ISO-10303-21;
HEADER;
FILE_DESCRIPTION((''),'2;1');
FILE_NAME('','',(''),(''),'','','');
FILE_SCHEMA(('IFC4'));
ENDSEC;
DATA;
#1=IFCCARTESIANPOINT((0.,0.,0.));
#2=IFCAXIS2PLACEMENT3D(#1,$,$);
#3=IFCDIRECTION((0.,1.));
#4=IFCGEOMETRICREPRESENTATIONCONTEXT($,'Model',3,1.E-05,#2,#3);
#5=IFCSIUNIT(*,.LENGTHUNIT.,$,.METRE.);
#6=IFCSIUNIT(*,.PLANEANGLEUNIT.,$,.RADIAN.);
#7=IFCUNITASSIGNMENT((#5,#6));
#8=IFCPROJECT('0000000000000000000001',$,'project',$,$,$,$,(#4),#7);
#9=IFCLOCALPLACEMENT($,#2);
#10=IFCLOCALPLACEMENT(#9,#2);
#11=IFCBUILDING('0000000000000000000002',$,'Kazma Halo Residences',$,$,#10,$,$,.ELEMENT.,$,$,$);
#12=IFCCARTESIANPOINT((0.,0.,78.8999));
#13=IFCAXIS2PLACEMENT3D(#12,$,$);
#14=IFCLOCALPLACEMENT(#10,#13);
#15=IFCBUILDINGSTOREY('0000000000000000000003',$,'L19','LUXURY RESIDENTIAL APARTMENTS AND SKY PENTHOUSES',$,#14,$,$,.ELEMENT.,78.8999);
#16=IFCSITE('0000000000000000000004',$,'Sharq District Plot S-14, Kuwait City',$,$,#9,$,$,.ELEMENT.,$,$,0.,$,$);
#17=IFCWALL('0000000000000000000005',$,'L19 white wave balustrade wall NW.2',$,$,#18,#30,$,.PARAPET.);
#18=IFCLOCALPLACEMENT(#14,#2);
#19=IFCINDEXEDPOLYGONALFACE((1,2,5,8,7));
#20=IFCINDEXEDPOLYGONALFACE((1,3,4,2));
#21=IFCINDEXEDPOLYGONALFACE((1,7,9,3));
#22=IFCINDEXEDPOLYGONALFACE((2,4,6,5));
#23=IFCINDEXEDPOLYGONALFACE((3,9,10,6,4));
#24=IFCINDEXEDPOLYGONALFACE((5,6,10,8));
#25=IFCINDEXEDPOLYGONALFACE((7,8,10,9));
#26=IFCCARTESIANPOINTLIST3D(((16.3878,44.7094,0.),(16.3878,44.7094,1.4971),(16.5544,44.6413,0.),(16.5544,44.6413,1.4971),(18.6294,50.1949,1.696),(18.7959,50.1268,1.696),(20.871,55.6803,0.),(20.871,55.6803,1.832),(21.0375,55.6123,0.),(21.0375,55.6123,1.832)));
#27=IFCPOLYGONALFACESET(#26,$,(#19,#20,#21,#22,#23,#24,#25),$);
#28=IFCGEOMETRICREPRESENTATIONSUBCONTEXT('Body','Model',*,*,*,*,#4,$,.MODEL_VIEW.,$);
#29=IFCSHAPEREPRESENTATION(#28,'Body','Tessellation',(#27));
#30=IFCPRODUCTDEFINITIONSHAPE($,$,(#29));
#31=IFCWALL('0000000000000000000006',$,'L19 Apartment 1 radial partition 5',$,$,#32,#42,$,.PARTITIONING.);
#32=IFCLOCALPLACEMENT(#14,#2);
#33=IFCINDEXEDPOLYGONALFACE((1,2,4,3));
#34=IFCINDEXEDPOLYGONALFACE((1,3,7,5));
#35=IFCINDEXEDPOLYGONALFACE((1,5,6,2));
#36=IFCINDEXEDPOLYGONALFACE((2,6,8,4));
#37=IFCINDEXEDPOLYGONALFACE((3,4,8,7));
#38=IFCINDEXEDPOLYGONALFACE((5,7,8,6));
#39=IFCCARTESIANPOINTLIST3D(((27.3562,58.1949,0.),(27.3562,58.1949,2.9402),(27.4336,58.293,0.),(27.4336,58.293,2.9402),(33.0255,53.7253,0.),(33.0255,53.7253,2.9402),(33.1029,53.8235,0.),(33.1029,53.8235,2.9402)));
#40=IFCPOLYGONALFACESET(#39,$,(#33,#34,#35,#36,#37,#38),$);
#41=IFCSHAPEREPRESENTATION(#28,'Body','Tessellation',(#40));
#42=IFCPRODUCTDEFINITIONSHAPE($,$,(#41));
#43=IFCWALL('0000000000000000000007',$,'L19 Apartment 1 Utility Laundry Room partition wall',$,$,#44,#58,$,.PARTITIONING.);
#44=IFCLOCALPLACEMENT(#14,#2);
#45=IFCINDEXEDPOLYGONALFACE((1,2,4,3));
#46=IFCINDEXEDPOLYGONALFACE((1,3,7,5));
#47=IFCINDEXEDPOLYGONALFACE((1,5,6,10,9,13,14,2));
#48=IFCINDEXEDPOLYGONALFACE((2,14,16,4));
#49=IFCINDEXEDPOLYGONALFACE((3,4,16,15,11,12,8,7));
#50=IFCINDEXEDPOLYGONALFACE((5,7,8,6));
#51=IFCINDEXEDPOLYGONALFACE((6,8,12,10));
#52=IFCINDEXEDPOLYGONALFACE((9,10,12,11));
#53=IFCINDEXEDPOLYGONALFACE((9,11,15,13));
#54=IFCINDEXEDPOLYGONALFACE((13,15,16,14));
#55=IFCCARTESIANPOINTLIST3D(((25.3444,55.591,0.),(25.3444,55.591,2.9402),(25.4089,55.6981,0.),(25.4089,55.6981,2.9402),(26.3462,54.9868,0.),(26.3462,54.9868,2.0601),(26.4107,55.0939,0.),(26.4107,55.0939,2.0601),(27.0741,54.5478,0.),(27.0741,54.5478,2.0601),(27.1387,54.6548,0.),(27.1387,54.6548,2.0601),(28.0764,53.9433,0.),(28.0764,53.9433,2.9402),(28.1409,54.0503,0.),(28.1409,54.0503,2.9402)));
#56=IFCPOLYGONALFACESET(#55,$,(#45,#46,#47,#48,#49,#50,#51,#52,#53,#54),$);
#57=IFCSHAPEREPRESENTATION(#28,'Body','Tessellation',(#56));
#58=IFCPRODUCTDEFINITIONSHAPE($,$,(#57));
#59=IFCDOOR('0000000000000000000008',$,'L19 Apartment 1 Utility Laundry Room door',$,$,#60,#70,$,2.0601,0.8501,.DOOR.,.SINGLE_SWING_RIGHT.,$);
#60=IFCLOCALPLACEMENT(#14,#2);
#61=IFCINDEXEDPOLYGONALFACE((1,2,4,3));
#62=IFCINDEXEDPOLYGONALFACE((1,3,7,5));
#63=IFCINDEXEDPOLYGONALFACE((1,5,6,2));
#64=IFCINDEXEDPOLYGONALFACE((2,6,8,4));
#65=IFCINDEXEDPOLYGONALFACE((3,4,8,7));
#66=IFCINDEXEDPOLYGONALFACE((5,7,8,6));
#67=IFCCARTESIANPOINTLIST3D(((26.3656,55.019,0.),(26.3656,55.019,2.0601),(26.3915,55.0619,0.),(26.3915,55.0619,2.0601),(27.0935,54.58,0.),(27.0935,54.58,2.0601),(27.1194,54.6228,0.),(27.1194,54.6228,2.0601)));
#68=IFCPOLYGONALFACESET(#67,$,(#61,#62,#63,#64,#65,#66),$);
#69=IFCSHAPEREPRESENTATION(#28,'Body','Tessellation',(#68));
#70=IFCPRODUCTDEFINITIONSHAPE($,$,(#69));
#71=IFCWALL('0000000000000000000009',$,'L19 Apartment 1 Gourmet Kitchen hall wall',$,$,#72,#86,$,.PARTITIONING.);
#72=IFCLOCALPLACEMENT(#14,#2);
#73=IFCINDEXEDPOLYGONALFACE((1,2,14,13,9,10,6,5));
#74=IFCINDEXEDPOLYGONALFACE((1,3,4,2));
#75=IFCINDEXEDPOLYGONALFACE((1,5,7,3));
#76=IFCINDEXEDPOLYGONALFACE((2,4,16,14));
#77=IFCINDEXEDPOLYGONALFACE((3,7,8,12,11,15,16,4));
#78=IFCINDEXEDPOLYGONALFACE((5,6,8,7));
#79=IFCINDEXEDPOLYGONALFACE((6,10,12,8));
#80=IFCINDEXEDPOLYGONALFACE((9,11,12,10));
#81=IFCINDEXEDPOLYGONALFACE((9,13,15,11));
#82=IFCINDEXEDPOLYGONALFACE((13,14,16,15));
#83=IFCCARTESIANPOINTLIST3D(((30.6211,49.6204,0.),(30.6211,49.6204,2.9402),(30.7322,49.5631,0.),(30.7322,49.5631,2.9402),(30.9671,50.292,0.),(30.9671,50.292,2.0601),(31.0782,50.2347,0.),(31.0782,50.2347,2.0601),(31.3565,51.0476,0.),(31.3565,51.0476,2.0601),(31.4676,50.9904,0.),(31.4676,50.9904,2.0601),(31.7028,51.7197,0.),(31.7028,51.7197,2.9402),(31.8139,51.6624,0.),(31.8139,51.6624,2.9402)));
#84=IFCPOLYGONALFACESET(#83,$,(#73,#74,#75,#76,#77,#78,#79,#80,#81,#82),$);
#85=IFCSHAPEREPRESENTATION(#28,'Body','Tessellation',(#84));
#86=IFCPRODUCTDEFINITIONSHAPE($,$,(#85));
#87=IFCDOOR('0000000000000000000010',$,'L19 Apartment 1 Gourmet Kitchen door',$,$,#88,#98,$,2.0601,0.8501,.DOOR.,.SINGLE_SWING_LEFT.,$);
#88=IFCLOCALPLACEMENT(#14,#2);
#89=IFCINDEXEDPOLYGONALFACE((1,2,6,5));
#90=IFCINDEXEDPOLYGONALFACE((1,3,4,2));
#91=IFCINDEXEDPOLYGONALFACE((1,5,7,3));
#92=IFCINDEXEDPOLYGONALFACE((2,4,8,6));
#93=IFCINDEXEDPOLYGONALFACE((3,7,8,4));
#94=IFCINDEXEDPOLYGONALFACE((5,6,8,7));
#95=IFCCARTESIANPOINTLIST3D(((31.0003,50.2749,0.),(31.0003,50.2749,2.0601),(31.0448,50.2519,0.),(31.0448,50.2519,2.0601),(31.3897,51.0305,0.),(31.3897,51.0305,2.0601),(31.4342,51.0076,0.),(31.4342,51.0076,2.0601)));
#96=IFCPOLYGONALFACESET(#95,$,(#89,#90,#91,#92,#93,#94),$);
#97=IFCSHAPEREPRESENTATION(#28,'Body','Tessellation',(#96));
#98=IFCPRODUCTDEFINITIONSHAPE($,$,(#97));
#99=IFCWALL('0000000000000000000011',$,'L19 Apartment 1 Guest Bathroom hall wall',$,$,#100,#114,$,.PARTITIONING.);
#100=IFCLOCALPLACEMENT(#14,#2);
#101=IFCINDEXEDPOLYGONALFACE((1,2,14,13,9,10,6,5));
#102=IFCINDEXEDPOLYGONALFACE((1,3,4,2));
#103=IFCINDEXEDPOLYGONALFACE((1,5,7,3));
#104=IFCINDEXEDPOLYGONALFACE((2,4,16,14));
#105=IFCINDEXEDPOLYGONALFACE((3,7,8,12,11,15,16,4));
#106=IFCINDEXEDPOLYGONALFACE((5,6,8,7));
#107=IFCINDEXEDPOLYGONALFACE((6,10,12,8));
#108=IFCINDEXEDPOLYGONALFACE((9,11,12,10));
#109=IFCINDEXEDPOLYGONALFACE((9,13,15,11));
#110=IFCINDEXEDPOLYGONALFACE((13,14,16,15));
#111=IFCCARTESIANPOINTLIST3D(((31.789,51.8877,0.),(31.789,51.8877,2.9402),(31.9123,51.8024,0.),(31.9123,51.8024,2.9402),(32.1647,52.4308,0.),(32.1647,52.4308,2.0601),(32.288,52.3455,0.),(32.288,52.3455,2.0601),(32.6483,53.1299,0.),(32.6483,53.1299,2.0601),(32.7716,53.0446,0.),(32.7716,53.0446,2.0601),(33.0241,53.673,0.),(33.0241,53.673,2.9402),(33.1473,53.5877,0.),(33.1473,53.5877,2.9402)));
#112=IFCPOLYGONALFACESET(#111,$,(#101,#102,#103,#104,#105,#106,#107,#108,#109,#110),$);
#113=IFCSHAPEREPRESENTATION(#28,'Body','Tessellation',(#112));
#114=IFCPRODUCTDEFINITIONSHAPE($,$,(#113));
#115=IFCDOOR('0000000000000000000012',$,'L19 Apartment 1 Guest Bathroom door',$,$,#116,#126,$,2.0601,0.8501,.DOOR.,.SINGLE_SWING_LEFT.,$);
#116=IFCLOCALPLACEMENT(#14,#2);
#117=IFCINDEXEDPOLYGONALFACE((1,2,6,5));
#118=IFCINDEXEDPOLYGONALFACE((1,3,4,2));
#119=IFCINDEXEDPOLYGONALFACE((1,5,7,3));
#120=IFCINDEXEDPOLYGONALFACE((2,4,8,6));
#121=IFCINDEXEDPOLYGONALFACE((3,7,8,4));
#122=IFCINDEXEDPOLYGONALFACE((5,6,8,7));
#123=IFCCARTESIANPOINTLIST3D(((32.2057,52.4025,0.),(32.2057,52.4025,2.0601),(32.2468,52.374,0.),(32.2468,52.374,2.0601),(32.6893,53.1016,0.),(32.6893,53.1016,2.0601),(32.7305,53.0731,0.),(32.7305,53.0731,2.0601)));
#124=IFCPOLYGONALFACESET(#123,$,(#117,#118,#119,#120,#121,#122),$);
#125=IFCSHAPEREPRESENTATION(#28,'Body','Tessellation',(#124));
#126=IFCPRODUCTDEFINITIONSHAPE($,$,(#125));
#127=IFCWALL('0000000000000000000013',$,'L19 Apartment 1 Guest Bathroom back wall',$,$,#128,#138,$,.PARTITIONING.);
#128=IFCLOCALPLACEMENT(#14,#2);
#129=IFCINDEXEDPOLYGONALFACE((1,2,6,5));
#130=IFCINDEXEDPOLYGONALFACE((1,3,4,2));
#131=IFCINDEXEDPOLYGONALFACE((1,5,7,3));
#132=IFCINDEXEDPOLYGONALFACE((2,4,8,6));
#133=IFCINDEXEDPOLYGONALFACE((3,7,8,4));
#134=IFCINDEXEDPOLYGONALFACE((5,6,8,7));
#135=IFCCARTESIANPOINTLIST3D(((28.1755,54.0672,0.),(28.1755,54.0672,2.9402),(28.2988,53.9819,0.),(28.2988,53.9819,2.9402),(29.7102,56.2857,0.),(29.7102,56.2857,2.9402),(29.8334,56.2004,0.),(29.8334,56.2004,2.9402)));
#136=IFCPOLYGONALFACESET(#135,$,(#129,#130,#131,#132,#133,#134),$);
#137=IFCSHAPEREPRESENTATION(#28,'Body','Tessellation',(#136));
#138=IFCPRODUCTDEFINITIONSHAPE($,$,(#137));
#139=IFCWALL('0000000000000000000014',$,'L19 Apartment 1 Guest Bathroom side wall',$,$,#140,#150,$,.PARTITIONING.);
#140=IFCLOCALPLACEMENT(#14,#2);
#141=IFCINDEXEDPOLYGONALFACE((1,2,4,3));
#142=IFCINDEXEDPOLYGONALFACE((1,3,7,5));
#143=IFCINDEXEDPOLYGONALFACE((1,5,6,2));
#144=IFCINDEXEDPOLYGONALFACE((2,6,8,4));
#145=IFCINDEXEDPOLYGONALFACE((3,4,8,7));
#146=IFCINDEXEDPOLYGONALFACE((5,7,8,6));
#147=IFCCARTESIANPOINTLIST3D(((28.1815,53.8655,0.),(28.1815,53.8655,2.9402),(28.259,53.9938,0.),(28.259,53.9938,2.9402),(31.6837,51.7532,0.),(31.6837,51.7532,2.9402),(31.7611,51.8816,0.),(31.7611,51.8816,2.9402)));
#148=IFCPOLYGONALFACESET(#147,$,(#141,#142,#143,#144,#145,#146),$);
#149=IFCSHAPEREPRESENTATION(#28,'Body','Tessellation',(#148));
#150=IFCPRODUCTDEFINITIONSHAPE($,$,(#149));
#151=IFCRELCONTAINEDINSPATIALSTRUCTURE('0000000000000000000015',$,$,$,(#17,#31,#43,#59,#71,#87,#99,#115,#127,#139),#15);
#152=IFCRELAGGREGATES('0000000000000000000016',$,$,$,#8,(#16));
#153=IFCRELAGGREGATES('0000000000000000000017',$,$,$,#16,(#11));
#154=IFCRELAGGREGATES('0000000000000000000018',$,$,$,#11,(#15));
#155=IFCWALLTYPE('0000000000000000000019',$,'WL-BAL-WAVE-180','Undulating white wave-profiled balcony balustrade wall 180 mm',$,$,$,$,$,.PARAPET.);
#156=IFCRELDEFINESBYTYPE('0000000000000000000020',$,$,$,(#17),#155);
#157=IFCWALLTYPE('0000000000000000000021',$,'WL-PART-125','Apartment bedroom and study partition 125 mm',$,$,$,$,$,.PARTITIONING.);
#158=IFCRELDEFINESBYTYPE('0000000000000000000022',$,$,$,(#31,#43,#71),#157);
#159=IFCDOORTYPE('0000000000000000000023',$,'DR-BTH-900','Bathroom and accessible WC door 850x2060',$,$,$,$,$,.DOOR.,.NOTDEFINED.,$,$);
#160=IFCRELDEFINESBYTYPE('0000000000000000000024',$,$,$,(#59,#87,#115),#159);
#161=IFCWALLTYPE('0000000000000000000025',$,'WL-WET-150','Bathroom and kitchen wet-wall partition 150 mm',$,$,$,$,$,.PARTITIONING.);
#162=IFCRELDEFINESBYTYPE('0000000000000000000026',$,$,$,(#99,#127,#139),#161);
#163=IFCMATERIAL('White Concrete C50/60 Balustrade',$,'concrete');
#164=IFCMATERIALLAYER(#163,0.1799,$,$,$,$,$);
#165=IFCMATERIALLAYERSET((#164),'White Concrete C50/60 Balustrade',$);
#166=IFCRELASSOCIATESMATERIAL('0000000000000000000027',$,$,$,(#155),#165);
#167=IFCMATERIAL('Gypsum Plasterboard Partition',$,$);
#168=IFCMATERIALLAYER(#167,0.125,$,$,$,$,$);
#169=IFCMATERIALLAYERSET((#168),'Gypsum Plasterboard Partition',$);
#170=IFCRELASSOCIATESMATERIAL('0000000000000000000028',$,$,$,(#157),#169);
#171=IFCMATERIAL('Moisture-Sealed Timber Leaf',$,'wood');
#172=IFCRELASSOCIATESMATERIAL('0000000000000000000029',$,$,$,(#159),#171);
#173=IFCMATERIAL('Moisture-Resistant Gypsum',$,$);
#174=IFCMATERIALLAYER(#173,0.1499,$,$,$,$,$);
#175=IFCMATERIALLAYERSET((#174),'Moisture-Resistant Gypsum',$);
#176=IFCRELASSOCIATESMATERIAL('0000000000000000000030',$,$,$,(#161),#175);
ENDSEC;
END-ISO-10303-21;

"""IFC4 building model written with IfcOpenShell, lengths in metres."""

from ifc_helpers import new_model, si_unit, direction, frame, frame_2d, origin, place, context, subcontext, project, spatial, polyline, rectangle, outline, extrude, material, layer, layer_set, type_object, element, fill, save


model = new_model("IFC4")

# Units and contexts
model_context = context("Model", 3, precision=1e-05, world=origin(), true_north=direction((0.0, 1.0)))
body_context = subcontext(model_context, "Body", "Model", "MODEL_VIEW")
ifc_project = project(units=[si_unit("LENGTHUNIT", "METRE"), si_unit("PLANEANGLEUNIT", "RADIAN")], contexts=[model_context])

# Site, building, storey
site_placement = place(None, origin())
site = spatial("IfcSite", under=ifc_project, at=site_placement, Name="Sharq District Plot S-14, Kuwait City", CompositionType="ELEMENT", RefElevation=0.0)
building_placement = place(site_placement, origin())
building = spatial("IfcBuilding", under=site, at=building_placement, Name="Kazma Halo Residences", CompositionType="ELEMENT")
storey_placement = place(building_placement, frame((0.0, 0.0, 78.8999)))
storey = spatial("IfcBuildingStorey", under=building, at=storey_placement, Name="L19", Description="LUXURY RESIDENTIAL APARTMENTS AND SKY PENTHOUSES", CompositionType="ELEMENT", Elevation=78.8999)

# Wall
ifc_material_1 = material(Name="White Concrete C50/60 Balustrade", Category="concrete")
ifc_layer_1 = layer(ifc_material_1, 0.1799)
ifc_layer_set_1 = layer_set([ifc_layer_1], Name="White Concrete C50/60 Balustrade")
wall_type_1 = type_object("IfcWallType", Name="WL-BAL-WAVE-180", Description="Undulating white wave-profiled balcony balustrade wall 180 mm", PredefinedType="PARAPET", material=ifc_layer_set_1)
wall_1_placement = place(storey_placement, frame((20.9543, 55.6462, 0.0), z_axis=(0.0, 0.0, 1.0), x_axis=(-0.378274, -0.925694, 0.0)))
element("IfcWall", 1, at=wall_1_placement, inside=storey, type_object=wall_type_1, Name="L19 white wave balustrade wall NW.2", PredefinedType="PARAPET", context=body_context, shape_type="SweptSolid", body=[
    extrude(outline(polyline([(0.0, 0.0), (11.8516, 0.0), (11.8516, 1.4971), (5.9258, 1.696), (0.0, 1.832), (0.0, 0.0)])), frame((0.0, 0.0898, 0.0), z_axis=(0.0, -1.0, 0.0), x_axis=(1.0, 0.0, 0.0)), (0.0, 0.0, 1.0), 0.1799),
])

# Wall
ifc_material_2 = material(Name="Gypsum Plasterboard Partition")
ifc_layer_2 = layer(ifc_material_2, 0.125)
ifc_layer_set_2 = layer_set([ifc_layer_2], Name="Gypsum Plasterboard Partition")
wall_type_2 = type_object("IfcWallType", Name="WL-PART-125", Description="Apartment bedroom and study partition 125 mm", PredefinedType="PARTITIONING", material=ifc_layer_set_2)
wall_2_placement = place(storey_placement, frame((33.0642, 53.7744, 0.0), z_axis=(0.0, 0.0, 1.0), x_axis=(-0.7853, 0.619116, 0.0)))
element("IfcWall", 2, at=wall_2_placement, inside=storey, type_object=wall_type_2, Name="L19 Apartment 1 radial partition 5", PredefinedType="PARTITIONING", context=body_context, shape_type="SweptSolid", body=[
    extrude(rectangle(XDim=7.2192, YDim=0.125, at=frame_2d((3.6096, 0.0))), origin(), (0.0, 0.0, 1.0), 2.9402),
])

# Walls, openings, doors
wall_3_placement = place(storey_placement, frame((28.1086, 53.9968, 0.0), z_axis=(0.0, 0.0, 1.0), x_axis=(-0.856309, 0.516464, 0.0)))
wall_3 = element("IfcWall", 3, at=wall_3_placement, inside=storey, type_object=wall_type_2, Name="L19 Apartment 1 Utility Laundry Room partition wall", PredefinedType="PARTITIONING", context=body_context, shape_type="SweptSolid", body=[
    extrude(rectangle(XDim=3.1904, YDim=0.125, at=frame_2d((1.5952, 0.0))), origin(), (0.0, 0.0, 1.0), 2.9402),
])
opening_1_placement = place(wall_3_placement, frame((1.1704, 0.0, 0.0)))
opening_1 = element("IfcOpeningElement", 4, at=opening_1_placement, cuts=wall_3, PredefinedType="OPENING", context=body_context, shape_type="SweptSolid", body=[
    extrude(rectangle(XDim=0.8501, YDim=2.0601, at=frame_2d((0.425, 1.03))), frame((0.0, 0.0725, 0.0), z_axis=(0.0, -1.0, 0.0), x_axis=(1.0, 0.0, 0.0)), (0.0, 0.0, 1.0), 0.145),
])
ifc_material_3 = material(Name="Moisture-Sealed Timber Leaf", Category="wood")
door_type_1 = type_object("IfcDoorType", Name="DR-BTH-900", Description="Bathroom and accessible WC door 850x2060", OperationType="NOTDEFINED", PredefinedType="DOOR", material=ifc_material_3)
door_1_placement = place(opening_1_placement, origin())
door_1 = element("IfcDoor", 5, at=door_1_placement, inside=storey, type_object=door_type_1, Name="L19 Apartment 1 Utility Laundry Room door", OperationType="SINGLE_SWING_RIGHT", OverallHeight=2.0601, OverallWidth=0.8501, PredefinedType="DOOR", context=body_context, shape_type="SweptSolid", body=[
    extrude(rectangle(XDim=0.8501, YDim=2.0601, at=frame_2d((0.425, 1.03))), frame((0.0, 0.0249, 0.0), z_axis=(0.0, -1.0, 0.0), x_axis=(1.0, 0.0, 0.0)), (0.0, 0.0, 1.0), 0.05),
])
fill(opening_1, door_1)
wall_4_placement = place(storey_placement, frame((31.7583, 51.6909, 0.0), z_axis=(0.0, 0.0, 1.0), x_axis=(-0.458056, -0.888924, 0.0)))
wall_4 = element("IfcWall", 6, at=wall_4_placement, inside=storey, type_object=wall_type_2, Name="L19 Apartment 1 Gourmet Kitchen hall wall", PredefinedType="PARTITIONING", context=body_context, shape_type="SweptSolid", body=[
    extrude(rectangle(XDim=2.3616, YDim=0.125, at=frame_2d((1.1807, 0.0))), origin(), (0.0, 0.0, 1.0), 2.9402),
])
opening_2_placement = place(wall_4_placement, frame((0.7559, 0.0, 0.0)))
opening_2 = element("IfcOpeningElement", 7, at=opening_2_placement, cuts=wall_4, PredefinedType="OPENING", context=body_context, shape_type="SweptSolid", body=[
    extrude(rectangle(XDim=0.8501, YDim=2.0601, at=frame_2d((0.425, 1.03))), frame((0.0, 0.0725, 0.0), z_axis=(0.0, -1.0, 0.0), x_axis=(1.0, 0.0, 0.0)), (0.0, 0.0, 1.0), 0.145),
])
door_2_placement = place(opening_2_placement, origin())
door_2 = element("IfcDoor", 8, at=door_2_placement, inside=storey, type_object=door_type_1, Name="L19 Apartment 1 Gourmet Kitchen door", OperationType="SINGLE_SWING_LEFT", OverallHeight=2.0601, OverallWidth=0.8501, PredefinedType="DOOR", context=body_context, shape_type="SweptSolid", body=[
    extrude(rectangle(XDim=0.8501, YDim=2.0601, at=frame_2d((0.425, 1.03))), frame((0.0, 0.0249, 0.0), z_axis=(0.0, -1.0, 0.0), x_axis=(1.0, 0.0, 0.0)), (0.0, 0.0, 1.0), 0.05),
])
fill(opening_2, door_2)
ifc_material_4 = material(Name="Moisture-Resistant Gypsum")
ifc_layer_3 = layer(ifc_material_4, 0.1499)
ifc_layer_set_3 = layer_set([ifc_layer_3], Name="Moisture-Resistant Gypsum")
wall_type_3 = type_object("IfcWallType", Name="WL-WET-150", Description="Bathroom and kitchen wet-wall partition 150 mm", PredefinedType="PARTITIONING", material=ifc_layer_set_3)
wall_5_placement = place(storey_placement, frame((33.0857, 53.6304, 0.0), z_axis=(0.0, 0.0, 1.0), x_axis=(-0.568918, -0.822395, 0.0)))
wall_5 = element("IfcWall", 9, at=wall_5_placement, inside=storey, type_object=wall_type_3, Name="L19 Apartment 1 Guest Bathroom hall wall", PredefinedType="PARTITIONING", context=body_context, shape_type="SweptSolid", body=[
    extrude(rectangle(XDim=2.1709, YDim=0.1499, at=frame_2d((1.0854, 0.0))), origin(), (0.0, 0.0, 1.0), 2.9402),
])
opening_3_placement = place(wall_5_placement, frame((0.6604, 0.0, 0.0)))
opening_3 = element("IfcOpeningElement", 10, at=opening_3_placement, cuts=wall_5, PredefinedType="OPENING", context=body_context, shape_type="SweptSolid", body=[
    extrude(rectangle(XDim=0.8501, YDim=2.0601, at=frame_2d((0.425, 1.03))), frame((0.0, 0.085, 0.0), z_axis=(0.0, -1.0, 0.0), x_axis=(1.0, 0.0, 0.0)), (0.0, 0.0, 1.0), 0.1699),
])
door_3_placement = place(opening_3_placement, origin())
door_3 = element("IfcDoor", 11, at=door_3_placement, inside=storey, type_object=door_type_1, Name="L19 Apartment 1 Guest Bathroom door", OperationType="SINGLE_SWING_LEFT", OverallHeight=2.0601, OverallWidth=0.8501, PredefinedType="DOOR", context=body_context, shape_type="SweptSolid", body=[
    extrude(rectangle(XDim=0.8501, YDim=2.0601, at=frame_2d((0.425, 1.03))), frame((0.0, 0.0249, 0.0), z_axis=(0.0, -1.0, 0.0), x_axis=(1.0, 0.0, 0.0)), (0.0, 0.0, 1.0), 0.05),
])
fill(opening_3, door_3)

# Walls
wall_6_placement = place(storey_placement, frame((29.7717, 56.2429, 0.0), z_axis=(0.0, 0.0, 1.0), x_axis=(-0.568904, -0.822404, 0.0)))
element("IfcWall", 12, at=wall_6_placement, inside=storey, type_object=wall_type_3, Name="L19 Apartment 1 Guest Bathroom back wall", PredefinedType="PARTITIONING", context=body_context, shape_type="SweptSolid", body=[
    extrude(rectangle(XDim=2.6975, YDim=0.1499, at=frame_2d((1.3486, 0.0))), origin(), (0.0, 0.0, 1.0), 2.9402),
])
wall_7_placement = place(storey_placement, frame((31.7224, 51.8174, 0.0), z_axis=(0.0, 0.0, 1.0), x_axis=(-0.856306, 0.51647, 0.0)))
element("IfcWall", 13, at=wall_7_placement, inside=storey, type_object=wall_type_3, Name="L19 Apartment 1 Guest Bathroom side wall", PredefinedType="PARTITIONING", context=body_context, shape_type="SweptSolid", body=[
    extrude(rectangle(XDim=4.0898, YDim=0.1499, at=frame_2d((2.0449, 0.0))), origin(), (0.0, 0.0, 1.0), 2.9402),
])

save(model, "model.ifc")
